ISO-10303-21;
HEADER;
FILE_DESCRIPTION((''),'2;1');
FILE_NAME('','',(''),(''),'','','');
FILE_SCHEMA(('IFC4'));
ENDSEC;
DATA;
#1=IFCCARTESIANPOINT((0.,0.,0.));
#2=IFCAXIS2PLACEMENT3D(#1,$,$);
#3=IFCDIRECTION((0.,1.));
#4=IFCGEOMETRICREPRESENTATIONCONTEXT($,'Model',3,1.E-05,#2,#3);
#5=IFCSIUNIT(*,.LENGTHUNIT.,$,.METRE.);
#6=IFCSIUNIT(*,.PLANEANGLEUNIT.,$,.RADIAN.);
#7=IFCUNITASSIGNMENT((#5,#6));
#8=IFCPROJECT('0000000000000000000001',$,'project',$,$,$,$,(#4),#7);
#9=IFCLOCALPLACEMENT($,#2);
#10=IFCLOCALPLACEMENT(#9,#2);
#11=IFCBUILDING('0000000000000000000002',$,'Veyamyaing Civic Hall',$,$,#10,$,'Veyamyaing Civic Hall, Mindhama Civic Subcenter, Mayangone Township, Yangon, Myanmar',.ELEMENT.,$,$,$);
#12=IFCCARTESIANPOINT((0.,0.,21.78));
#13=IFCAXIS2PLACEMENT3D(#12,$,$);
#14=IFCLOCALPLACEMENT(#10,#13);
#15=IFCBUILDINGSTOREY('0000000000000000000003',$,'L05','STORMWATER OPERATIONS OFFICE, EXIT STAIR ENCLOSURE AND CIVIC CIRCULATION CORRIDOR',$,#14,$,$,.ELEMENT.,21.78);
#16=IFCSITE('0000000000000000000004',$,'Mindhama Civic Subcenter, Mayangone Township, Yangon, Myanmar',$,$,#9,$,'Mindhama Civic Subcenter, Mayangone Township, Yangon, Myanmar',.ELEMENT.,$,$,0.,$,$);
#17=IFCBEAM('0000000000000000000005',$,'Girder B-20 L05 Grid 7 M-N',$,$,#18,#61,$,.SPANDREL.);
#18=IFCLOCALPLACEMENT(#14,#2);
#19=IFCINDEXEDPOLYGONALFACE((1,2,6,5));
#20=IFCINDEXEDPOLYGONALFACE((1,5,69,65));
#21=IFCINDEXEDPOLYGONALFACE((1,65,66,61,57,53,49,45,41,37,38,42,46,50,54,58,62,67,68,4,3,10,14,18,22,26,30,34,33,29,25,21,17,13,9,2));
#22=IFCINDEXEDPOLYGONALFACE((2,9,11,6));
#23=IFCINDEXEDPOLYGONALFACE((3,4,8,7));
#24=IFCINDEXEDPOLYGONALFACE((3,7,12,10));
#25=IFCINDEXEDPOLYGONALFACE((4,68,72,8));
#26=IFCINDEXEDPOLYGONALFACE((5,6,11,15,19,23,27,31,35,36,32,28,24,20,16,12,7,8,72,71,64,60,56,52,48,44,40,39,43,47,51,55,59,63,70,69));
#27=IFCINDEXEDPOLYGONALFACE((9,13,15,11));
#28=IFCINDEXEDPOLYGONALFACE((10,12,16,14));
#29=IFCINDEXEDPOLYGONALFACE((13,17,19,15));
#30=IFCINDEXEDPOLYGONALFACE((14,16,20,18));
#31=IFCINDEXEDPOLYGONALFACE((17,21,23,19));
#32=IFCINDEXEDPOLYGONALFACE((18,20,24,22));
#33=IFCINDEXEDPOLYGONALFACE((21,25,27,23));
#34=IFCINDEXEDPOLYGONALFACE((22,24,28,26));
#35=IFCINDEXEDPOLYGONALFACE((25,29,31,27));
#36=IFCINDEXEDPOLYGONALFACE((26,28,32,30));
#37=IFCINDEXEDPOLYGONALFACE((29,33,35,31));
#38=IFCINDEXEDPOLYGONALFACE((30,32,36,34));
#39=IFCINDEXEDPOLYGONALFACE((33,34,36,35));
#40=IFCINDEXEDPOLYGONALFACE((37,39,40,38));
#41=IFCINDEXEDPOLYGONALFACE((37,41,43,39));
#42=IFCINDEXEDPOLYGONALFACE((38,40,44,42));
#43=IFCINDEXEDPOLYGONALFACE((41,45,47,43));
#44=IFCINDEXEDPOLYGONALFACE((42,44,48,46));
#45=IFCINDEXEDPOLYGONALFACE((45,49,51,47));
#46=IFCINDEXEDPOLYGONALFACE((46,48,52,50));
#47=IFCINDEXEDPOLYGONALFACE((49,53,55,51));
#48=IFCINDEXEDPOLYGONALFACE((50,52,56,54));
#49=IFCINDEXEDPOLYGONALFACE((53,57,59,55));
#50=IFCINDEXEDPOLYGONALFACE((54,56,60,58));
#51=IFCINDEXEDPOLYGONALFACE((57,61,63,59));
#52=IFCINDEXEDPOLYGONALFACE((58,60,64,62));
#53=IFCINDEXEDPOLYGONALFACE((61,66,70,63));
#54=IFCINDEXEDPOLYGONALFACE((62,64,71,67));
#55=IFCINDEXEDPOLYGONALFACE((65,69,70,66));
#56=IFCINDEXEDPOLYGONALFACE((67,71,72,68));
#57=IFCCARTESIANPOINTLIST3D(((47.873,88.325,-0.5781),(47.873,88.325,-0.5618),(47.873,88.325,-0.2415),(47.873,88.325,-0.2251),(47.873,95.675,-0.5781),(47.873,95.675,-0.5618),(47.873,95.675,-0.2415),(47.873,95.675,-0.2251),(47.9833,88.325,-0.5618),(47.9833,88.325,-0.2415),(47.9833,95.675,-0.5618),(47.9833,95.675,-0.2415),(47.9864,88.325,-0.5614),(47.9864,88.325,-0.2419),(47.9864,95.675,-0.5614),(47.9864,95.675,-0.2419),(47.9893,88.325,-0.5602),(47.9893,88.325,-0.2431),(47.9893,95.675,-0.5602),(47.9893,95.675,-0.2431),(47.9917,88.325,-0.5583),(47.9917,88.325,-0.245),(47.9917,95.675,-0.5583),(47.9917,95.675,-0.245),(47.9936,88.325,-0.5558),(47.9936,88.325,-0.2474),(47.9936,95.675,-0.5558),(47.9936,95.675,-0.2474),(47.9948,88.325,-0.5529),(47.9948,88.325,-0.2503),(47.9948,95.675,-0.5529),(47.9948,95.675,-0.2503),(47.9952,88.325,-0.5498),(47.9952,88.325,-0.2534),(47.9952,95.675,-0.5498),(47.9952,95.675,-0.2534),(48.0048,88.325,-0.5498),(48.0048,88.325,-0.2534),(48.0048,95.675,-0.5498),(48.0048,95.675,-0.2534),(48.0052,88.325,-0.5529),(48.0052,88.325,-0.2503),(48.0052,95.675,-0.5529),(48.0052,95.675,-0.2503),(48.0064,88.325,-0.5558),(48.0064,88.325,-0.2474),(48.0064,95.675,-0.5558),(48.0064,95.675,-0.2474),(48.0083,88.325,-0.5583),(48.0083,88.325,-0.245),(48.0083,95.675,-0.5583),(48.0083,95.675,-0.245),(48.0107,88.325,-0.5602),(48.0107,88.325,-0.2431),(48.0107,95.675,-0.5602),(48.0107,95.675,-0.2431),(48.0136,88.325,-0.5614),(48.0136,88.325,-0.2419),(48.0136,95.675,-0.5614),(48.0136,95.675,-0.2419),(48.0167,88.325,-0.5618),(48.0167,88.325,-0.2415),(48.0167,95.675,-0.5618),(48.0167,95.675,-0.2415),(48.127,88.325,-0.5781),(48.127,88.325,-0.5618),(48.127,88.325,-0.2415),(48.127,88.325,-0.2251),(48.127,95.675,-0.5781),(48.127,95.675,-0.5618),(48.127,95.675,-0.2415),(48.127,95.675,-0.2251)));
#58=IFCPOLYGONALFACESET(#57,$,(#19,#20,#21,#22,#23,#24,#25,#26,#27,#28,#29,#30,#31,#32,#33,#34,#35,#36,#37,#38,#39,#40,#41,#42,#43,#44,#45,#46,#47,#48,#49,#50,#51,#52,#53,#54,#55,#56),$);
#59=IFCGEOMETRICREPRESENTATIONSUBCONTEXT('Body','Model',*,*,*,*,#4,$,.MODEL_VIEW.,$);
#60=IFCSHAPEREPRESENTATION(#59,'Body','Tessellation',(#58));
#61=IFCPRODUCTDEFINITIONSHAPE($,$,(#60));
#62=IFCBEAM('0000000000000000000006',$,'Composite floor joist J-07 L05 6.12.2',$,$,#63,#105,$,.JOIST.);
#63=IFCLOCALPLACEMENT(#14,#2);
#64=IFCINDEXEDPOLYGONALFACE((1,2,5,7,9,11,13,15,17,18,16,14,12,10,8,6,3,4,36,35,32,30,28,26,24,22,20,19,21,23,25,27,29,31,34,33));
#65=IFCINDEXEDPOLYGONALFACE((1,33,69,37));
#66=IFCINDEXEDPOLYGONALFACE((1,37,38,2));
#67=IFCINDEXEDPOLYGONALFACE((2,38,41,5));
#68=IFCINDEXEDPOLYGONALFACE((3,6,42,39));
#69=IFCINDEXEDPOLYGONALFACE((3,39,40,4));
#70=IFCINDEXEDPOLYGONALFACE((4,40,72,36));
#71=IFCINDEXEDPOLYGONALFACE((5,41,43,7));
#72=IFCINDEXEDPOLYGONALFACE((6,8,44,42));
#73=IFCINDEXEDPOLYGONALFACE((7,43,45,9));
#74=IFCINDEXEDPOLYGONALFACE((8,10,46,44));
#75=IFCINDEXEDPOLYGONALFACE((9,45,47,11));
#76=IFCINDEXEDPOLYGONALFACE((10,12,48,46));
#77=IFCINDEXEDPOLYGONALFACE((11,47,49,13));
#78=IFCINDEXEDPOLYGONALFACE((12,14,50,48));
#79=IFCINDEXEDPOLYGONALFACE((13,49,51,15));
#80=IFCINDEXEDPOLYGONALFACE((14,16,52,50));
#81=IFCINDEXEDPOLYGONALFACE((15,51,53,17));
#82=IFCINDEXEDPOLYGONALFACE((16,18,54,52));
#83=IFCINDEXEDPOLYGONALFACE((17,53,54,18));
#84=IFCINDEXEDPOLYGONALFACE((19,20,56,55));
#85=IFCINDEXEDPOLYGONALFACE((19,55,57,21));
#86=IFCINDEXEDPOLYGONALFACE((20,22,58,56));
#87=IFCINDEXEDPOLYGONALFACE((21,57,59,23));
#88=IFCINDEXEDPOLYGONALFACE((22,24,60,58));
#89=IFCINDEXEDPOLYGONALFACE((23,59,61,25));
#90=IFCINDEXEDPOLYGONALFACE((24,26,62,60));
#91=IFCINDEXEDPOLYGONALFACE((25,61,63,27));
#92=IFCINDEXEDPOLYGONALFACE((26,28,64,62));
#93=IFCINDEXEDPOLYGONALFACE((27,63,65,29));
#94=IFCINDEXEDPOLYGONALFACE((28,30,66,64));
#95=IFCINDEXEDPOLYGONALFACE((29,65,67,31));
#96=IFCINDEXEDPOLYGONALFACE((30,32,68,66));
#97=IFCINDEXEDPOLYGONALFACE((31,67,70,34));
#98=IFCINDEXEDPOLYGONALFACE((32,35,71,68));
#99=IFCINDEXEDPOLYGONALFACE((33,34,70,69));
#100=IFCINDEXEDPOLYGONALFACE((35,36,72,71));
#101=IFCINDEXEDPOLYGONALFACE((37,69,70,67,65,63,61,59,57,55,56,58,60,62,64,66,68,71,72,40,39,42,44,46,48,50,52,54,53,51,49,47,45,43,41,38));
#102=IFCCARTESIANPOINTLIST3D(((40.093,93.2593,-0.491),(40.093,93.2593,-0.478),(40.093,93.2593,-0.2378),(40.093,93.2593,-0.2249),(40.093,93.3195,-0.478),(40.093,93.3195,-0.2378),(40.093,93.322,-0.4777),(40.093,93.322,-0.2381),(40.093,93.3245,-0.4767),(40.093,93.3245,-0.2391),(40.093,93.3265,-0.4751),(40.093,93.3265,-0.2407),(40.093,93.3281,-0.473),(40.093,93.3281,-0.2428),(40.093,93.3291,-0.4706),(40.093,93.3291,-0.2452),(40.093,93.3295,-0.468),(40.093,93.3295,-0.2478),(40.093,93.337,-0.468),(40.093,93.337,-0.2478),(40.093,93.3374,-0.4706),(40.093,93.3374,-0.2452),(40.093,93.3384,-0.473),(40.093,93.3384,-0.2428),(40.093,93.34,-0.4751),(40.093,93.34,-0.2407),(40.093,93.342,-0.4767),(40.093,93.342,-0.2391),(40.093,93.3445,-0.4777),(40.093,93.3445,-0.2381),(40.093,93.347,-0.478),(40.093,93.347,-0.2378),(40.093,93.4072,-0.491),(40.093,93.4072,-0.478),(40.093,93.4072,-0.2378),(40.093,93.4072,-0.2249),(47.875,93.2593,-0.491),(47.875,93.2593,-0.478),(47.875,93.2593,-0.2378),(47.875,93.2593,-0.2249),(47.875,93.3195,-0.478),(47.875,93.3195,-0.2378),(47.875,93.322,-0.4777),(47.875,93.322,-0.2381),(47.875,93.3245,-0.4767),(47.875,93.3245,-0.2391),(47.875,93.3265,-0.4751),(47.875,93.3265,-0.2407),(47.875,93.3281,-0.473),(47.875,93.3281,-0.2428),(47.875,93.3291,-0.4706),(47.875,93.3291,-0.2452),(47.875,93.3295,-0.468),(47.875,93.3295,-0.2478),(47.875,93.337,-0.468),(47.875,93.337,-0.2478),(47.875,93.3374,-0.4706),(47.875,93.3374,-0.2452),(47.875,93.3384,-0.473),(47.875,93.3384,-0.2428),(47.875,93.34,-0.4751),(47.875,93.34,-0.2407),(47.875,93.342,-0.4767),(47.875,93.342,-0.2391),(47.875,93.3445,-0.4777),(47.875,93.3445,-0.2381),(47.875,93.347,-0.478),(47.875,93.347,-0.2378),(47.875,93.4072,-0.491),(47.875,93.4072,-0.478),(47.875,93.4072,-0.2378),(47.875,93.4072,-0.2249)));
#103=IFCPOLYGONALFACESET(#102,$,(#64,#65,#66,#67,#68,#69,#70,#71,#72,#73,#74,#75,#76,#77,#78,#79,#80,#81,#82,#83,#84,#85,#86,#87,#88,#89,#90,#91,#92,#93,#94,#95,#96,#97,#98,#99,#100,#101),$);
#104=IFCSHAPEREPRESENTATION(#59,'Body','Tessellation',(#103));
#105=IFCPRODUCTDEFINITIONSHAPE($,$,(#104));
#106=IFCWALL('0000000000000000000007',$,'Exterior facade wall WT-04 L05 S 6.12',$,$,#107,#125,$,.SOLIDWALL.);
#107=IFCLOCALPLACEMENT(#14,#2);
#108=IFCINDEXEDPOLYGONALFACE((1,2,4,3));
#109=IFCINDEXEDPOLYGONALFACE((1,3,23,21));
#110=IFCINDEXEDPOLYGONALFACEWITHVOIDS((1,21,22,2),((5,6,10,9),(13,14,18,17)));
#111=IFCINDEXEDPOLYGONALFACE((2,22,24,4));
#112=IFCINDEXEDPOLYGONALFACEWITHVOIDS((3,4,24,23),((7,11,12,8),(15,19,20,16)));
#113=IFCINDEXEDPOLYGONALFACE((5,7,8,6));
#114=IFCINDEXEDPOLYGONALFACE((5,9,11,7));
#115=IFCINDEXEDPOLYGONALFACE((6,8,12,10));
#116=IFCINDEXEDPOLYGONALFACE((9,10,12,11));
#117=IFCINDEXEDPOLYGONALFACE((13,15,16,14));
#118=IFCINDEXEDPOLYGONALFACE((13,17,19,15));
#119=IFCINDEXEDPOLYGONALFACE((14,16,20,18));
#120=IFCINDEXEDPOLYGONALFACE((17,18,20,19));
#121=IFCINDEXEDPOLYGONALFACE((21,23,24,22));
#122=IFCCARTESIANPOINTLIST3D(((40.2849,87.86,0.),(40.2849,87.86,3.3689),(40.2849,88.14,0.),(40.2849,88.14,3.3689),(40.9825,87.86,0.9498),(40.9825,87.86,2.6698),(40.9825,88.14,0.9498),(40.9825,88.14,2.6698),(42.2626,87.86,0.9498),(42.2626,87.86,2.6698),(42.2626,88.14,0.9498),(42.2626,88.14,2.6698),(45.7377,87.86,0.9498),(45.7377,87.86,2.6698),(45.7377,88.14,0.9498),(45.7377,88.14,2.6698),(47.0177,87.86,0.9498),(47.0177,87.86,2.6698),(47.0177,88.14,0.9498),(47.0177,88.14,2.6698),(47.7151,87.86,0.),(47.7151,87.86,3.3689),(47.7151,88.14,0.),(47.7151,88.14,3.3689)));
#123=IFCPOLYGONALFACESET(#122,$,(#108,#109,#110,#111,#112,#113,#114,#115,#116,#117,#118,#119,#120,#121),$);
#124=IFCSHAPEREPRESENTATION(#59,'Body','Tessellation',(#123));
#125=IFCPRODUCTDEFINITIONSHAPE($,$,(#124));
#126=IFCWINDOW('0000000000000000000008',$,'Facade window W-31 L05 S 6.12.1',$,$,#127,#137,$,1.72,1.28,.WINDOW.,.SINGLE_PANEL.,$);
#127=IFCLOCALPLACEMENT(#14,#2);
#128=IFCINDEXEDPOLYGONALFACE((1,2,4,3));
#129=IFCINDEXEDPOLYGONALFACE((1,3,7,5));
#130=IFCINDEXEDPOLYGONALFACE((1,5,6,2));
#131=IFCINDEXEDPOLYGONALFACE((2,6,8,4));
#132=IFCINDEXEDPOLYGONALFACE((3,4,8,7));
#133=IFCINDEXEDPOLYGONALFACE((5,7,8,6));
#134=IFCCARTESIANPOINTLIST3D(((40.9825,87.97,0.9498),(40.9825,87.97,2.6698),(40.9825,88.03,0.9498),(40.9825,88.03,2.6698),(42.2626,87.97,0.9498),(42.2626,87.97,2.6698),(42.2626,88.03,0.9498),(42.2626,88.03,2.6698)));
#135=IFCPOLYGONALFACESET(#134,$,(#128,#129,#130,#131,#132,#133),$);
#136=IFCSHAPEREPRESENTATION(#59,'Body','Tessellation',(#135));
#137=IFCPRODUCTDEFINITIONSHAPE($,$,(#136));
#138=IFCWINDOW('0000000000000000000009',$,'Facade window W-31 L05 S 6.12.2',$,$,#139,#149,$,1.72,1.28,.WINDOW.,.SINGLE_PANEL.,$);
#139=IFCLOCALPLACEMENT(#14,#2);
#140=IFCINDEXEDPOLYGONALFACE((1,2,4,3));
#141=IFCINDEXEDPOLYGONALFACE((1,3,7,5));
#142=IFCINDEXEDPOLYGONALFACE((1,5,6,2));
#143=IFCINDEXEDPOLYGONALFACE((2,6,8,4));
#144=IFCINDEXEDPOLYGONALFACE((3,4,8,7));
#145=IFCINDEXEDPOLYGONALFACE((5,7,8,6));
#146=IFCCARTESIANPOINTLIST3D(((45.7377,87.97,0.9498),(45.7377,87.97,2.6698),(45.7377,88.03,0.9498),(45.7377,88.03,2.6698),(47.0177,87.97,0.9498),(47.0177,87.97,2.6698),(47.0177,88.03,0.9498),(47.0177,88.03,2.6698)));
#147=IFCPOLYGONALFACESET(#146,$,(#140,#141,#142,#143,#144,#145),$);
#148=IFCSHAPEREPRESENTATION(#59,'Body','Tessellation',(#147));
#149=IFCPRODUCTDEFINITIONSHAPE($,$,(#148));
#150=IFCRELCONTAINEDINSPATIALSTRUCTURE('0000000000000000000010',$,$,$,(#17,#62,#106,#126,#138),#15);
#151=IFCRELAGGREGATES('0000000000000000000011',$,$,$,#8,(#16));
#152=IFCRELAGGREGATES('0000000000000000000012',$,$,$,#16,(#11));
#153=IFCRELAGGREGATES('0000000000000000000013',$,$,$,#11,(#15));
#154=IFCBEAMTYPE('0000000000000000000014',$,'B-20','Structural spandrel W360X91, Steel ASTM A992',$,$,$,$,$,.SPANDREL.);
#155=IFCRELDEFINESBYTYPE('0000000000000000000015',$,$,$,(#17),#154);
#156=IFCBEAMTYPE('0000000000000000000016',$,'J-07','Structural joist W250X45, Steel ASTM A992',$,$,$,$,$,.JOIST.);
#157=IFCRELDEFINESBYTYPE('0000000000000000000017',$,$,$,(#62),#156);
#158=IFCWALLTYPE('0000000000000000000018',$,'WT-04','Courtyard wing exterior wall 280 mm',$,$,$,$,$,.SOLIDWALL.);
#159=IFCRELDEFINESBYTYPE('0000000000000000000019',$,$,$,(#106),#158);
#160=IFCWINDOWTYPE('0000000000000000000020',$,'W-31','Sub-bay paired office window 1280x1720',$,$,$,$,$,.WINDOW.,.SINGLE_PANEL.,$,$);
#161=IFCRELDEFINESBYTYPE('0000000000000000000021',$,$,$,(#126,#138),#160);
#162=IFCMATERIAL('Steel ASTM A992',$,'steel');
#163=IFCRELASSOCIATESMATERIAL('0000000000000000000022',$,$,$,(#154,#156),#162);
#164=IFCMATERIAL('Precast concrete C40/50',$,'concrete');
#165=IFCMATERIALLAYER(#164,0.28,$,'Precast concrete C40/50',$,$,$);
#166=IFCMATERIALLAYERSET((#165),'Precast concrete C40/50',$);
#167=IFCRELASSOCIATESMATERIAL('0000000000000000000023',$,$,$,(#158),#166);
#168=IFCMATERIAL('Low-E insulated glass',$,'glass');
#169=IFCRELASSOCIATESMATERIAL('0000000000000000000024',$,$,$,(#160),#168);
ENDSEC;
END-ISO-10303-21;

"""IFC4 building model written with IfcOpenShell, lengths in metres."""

from ifc_helpers import new_model, si_unit, direction, frame, frame_2d, origin, origin_2d, place, context, subcontext, project, spatial, rectangle, i_section, extrude, material, layer, layer_set, material_profile, profile_set, type_object, element, fill, save


model = new_model("IFC4")

# Units and contexts
model_context = context("Model", 3, precision=1e-05, world=origin(), true_north=direction((0.0, 1.0)))
body_context = subcontext(model_context, "Body", "Model", "MODEL_VIEW")
ifc_project = project(units=[si_unit("LENGTHUNIT", "METRE"), si_unit("PLANEANGLEUNIT", "RADIAN")], contexts=[model_context])

# Site, building, storey
site_placement = place(None, origin())
site = spatial("IfcSite", under=ifc_project, at=site_placement, Name="Mindhama Civic Subcenter, Mayangone Township, Yangon, Myanmar", LongName="Mindhama Civic Subcenter, Mayangone Township, Yangon, Myanmar", CompositionType="ELEMENT", RefElevation=0.0)
building_placement = place(site_placement, origin())
building = spatial("IfcBuilding", under=site, at=building_placement, Name="Veyamyaing Civic Hall", LongName="Veyamyaing Civic Hall, Mindhama Civic Subcenter, Mayangone Township, Yangon, Myanmar", CompositionType="ELEMENT")
storey_placement = place(building_placement, frame((0.0, 0.0, 21.78)))
storey = spatial("IfcBuildingStorey", under=building, at=storey_placement, Name="L05", Description="STORMWATER OPERATIONS OFFICE, EXIT STAIR ENCLOSURE AND CIVIC CIRCULATION CORRIDOR", CompositionType="ELEMENT", Elevation=21.78)

# Beams
ifc_material_1 = material(Name="Steel ASTM A992", Category="steel")
ifc_material_profile_1 = material_profile(ifc_material_1, i_section(OverallWidth=0.2539, OverallDepth=0.353, WebThickness=0.0095, FlangeThickness=0.0164, FilletRadius=0.012, at=origin_2d()), Name="W360X91")
ifc_profile_set_1 = profile_set([ifc_material_profile_1], Name="Steel ASTM A992")
beam_type_1 = type_object("IfcBeamType", Name="B-20", Description="Structural spandrel W360X91, Steel ASTM A992", PredefinedType="SPANDREL", material=ifc_profile_set_1)
beam_1_placement = place(storey_placement, frame((48.0, 88.325, -0.4016), z_axis=(0.0, 1.0, 0.0), x_axis=(-1.0, 0.0, 0.0)))
element("IfcBeam", 1, at=beam_1_placement, inside=storey, type_object=beam_type_1, Name="Girder B-20 L05 Grid 7 M-N", PredefinedType="SPANDREL", context=body_context, shape_type="SweptSolid", body=[
    extrude(i_section(OverallWidth=0.2539, OverallDepth=0.353, WebThickness=0.0095, FlangeThickness=0.0164, FilletRadius=0.012, at=origin_2d()), origin(), (0.0, 0.0, 1.0), 7.3501),
])
ifc_material_profile_2 = material_profile(ifc_material_1, i_section(OverallWidth=0.1479, OverallDepth=0.2661, WebThickness=0.0076, FlangeThickness=0.0129, FilletRadius=0.01, at=origin_2d()), Name="W250X45")
ifc_profile_set_2 = profile_set([ifc_material_profile_2], Name="Steel ASTM A992")
beam_type_2 = type_object("IfcBeamType", Name="J-07", Description="Structural joist W250X45, Steel ASTM A992", PredefinedType="JOIST", material=ifc_profile_set_2)
beam_2_placement = place(storey_placement, frame((40.093, 93.3333, -0.3579), z_axis=(1.0, 0.0, 0.0), x_axis=(0.0, 1.0, 0.0)))
element("IfcBeam", 2, at=beam_2_placement, inside=storey, type_object=beam_type_2, Name="Composite floor joist J-07 L05 6.12.2", PredefinedType="JOIST", context=body_context, shape_type="SweptSolid", body=[
    extrude(i_section(OverallWidth=0.1479, OverallDepth=0.2661, WebThickness=0.0076, FlangeThickness=0.0129, FilletRadius=0.01, at=origin_2d()), origin(), (0.0, 0.0, 1.0), 7.782),
])

# Wall, openings, windows
ifc_material_2 = material(Name="Precast concrete C40/50", Category="concrete")
ifc_layer_1 = layer(ifc_material_2, 0.28, Name="Precast concrete C40/50")
ifc_layer_set_1 = layer_set([ifc_layer_1], Name="Precast concrete C40/50")
wall_type_1 = type_object("IfcWallType", Name="WT-04", Description="Courtyard wing exterior wall 280 mm", PredefinedType="SOLIDWALL", material=ifc_layer_set_1)
wall_1_placement = place(storey_placement, frame((40.2849, 88.0, 0.0), z_axis=(0.0, 0.0, 1.0), x_axis=(1.0, 0.0, 0.0)))
wall_1 = element("IfcWall", 3, at=wall_1_placement, inside=storey, type_object=wall_type_1, Name="Exterior facade wall WT-04 L05 S 6.12", PredefinedType="SOLIDWALL", context=body_context, shape_type="SweptSolid", body=[
    extrude(rectangle(XDim=7.4302, YDim=0.28, at=frame_2d((3.7151, 0.0))), origin(), (0.0, 0.0, 1.0), 3.3689),
])
opening_1_placement = place(wall_1_placement, frame((0.6975, 0.0, 0.95)))
opening_1 = element("IfcOpeningElement", 4, at=opening_1_placement, cuts=wall_1, PredefinedType="OPENING", context=body_context, shape_type="SweptSolid", body=[
    extrude(rectangle(XDim=1.28, YDim=1.72, at=frame_2d((0.6401, 0.8599))), frame((0.0, 0.1499, 0.0), z_axis=(0.0, -1.0, 0.0), x_axis=(1.0, 0.0, 0.0)), (0.0, 0.0, 1.0), 0.3),
])
opening_2_placement = place(wall_1_placement, frame((5.4526, 0.0, 0.95)))
opening_2 = element("IfcOpeningElement", 5, at=opening_2_placement, cuts=wall_1, PredefinedType="OPENING", context=body_context, shape_type="SweptSolid", body=[
    extrude(rectangle(XDim=1.28, YDim=1.72, at=frame_2d((0.6401, 0.8599))), frame((0.0, 0.1499, 0.0), z_axis=(0.0, -1.0, 0.0), x_axis=(1.0, 0.0, 0.0)), (0.0, 0.0, 1.0), 0.3),
])
ifc_material_3 = material(Name="Low-E insulated glass", Category="glass")
window_type_1 = type_object("IfcWindowType", Name="W-31", Description="Sub-bay paired office window 1280x1720", PartitioningType="SINGLE_PANEL", PredefinedType="WINDOW", material=ifc_material_3)
window_1_placement = place(opening_1_placement, origin())
window_1 = element("IfcWindow", 6, at=window_1_placement, inside=storey, type_object=window_type_1, Name="Facade window W-31 L05 S 6.12.1", OverallHeight=1.72, OverallWidth=1.28, PartitioningType="SINGLE_PANEL", PredefinedType="WINDOW", context=body_context, shape_type="SweptSolid", body=[
    extrude(rectangle(XDim=1.28, YDim=1.72, at=frame_2d((0.6401, 0.8599))), frame((0.0, 0.03, 0.0), z_axis=(0.0, -1.0, 0.0), x_axis=(1.0, 0.0, 0.0)), (0.0, 0.0, 1.0), 0.0601),
])
fill(opening_1, window_1)
window_2_placement = place(opening_2_placement, origin())
window_2 = element("IfcWindow", 7, at=window_2_placement, inside=storey, type_object=window_type_1, Name="Facade window W-31 L05 S 6.12.2", OverallHeight=1.72, OverallWidth=1.28, PartitioningType="SINGLE_PANEL", PredefinedType="WINDOW", context=body_context, shape_type="SweptSolid", body=[
    extrude(rectangle(XDim=1.28, YDim=1.72, at=frame_2d((0.6401, 0.8599))), frame((0.0, 0.03, 0.0), z_axis=(0.0, -1.0, 0.0), x_axis=(1.0, 0.0, 0.0)), (0.0, 0.0, 1.0), 0.0601),
])
fill(opening_2, window_2)

save(model, "model.ifc")
